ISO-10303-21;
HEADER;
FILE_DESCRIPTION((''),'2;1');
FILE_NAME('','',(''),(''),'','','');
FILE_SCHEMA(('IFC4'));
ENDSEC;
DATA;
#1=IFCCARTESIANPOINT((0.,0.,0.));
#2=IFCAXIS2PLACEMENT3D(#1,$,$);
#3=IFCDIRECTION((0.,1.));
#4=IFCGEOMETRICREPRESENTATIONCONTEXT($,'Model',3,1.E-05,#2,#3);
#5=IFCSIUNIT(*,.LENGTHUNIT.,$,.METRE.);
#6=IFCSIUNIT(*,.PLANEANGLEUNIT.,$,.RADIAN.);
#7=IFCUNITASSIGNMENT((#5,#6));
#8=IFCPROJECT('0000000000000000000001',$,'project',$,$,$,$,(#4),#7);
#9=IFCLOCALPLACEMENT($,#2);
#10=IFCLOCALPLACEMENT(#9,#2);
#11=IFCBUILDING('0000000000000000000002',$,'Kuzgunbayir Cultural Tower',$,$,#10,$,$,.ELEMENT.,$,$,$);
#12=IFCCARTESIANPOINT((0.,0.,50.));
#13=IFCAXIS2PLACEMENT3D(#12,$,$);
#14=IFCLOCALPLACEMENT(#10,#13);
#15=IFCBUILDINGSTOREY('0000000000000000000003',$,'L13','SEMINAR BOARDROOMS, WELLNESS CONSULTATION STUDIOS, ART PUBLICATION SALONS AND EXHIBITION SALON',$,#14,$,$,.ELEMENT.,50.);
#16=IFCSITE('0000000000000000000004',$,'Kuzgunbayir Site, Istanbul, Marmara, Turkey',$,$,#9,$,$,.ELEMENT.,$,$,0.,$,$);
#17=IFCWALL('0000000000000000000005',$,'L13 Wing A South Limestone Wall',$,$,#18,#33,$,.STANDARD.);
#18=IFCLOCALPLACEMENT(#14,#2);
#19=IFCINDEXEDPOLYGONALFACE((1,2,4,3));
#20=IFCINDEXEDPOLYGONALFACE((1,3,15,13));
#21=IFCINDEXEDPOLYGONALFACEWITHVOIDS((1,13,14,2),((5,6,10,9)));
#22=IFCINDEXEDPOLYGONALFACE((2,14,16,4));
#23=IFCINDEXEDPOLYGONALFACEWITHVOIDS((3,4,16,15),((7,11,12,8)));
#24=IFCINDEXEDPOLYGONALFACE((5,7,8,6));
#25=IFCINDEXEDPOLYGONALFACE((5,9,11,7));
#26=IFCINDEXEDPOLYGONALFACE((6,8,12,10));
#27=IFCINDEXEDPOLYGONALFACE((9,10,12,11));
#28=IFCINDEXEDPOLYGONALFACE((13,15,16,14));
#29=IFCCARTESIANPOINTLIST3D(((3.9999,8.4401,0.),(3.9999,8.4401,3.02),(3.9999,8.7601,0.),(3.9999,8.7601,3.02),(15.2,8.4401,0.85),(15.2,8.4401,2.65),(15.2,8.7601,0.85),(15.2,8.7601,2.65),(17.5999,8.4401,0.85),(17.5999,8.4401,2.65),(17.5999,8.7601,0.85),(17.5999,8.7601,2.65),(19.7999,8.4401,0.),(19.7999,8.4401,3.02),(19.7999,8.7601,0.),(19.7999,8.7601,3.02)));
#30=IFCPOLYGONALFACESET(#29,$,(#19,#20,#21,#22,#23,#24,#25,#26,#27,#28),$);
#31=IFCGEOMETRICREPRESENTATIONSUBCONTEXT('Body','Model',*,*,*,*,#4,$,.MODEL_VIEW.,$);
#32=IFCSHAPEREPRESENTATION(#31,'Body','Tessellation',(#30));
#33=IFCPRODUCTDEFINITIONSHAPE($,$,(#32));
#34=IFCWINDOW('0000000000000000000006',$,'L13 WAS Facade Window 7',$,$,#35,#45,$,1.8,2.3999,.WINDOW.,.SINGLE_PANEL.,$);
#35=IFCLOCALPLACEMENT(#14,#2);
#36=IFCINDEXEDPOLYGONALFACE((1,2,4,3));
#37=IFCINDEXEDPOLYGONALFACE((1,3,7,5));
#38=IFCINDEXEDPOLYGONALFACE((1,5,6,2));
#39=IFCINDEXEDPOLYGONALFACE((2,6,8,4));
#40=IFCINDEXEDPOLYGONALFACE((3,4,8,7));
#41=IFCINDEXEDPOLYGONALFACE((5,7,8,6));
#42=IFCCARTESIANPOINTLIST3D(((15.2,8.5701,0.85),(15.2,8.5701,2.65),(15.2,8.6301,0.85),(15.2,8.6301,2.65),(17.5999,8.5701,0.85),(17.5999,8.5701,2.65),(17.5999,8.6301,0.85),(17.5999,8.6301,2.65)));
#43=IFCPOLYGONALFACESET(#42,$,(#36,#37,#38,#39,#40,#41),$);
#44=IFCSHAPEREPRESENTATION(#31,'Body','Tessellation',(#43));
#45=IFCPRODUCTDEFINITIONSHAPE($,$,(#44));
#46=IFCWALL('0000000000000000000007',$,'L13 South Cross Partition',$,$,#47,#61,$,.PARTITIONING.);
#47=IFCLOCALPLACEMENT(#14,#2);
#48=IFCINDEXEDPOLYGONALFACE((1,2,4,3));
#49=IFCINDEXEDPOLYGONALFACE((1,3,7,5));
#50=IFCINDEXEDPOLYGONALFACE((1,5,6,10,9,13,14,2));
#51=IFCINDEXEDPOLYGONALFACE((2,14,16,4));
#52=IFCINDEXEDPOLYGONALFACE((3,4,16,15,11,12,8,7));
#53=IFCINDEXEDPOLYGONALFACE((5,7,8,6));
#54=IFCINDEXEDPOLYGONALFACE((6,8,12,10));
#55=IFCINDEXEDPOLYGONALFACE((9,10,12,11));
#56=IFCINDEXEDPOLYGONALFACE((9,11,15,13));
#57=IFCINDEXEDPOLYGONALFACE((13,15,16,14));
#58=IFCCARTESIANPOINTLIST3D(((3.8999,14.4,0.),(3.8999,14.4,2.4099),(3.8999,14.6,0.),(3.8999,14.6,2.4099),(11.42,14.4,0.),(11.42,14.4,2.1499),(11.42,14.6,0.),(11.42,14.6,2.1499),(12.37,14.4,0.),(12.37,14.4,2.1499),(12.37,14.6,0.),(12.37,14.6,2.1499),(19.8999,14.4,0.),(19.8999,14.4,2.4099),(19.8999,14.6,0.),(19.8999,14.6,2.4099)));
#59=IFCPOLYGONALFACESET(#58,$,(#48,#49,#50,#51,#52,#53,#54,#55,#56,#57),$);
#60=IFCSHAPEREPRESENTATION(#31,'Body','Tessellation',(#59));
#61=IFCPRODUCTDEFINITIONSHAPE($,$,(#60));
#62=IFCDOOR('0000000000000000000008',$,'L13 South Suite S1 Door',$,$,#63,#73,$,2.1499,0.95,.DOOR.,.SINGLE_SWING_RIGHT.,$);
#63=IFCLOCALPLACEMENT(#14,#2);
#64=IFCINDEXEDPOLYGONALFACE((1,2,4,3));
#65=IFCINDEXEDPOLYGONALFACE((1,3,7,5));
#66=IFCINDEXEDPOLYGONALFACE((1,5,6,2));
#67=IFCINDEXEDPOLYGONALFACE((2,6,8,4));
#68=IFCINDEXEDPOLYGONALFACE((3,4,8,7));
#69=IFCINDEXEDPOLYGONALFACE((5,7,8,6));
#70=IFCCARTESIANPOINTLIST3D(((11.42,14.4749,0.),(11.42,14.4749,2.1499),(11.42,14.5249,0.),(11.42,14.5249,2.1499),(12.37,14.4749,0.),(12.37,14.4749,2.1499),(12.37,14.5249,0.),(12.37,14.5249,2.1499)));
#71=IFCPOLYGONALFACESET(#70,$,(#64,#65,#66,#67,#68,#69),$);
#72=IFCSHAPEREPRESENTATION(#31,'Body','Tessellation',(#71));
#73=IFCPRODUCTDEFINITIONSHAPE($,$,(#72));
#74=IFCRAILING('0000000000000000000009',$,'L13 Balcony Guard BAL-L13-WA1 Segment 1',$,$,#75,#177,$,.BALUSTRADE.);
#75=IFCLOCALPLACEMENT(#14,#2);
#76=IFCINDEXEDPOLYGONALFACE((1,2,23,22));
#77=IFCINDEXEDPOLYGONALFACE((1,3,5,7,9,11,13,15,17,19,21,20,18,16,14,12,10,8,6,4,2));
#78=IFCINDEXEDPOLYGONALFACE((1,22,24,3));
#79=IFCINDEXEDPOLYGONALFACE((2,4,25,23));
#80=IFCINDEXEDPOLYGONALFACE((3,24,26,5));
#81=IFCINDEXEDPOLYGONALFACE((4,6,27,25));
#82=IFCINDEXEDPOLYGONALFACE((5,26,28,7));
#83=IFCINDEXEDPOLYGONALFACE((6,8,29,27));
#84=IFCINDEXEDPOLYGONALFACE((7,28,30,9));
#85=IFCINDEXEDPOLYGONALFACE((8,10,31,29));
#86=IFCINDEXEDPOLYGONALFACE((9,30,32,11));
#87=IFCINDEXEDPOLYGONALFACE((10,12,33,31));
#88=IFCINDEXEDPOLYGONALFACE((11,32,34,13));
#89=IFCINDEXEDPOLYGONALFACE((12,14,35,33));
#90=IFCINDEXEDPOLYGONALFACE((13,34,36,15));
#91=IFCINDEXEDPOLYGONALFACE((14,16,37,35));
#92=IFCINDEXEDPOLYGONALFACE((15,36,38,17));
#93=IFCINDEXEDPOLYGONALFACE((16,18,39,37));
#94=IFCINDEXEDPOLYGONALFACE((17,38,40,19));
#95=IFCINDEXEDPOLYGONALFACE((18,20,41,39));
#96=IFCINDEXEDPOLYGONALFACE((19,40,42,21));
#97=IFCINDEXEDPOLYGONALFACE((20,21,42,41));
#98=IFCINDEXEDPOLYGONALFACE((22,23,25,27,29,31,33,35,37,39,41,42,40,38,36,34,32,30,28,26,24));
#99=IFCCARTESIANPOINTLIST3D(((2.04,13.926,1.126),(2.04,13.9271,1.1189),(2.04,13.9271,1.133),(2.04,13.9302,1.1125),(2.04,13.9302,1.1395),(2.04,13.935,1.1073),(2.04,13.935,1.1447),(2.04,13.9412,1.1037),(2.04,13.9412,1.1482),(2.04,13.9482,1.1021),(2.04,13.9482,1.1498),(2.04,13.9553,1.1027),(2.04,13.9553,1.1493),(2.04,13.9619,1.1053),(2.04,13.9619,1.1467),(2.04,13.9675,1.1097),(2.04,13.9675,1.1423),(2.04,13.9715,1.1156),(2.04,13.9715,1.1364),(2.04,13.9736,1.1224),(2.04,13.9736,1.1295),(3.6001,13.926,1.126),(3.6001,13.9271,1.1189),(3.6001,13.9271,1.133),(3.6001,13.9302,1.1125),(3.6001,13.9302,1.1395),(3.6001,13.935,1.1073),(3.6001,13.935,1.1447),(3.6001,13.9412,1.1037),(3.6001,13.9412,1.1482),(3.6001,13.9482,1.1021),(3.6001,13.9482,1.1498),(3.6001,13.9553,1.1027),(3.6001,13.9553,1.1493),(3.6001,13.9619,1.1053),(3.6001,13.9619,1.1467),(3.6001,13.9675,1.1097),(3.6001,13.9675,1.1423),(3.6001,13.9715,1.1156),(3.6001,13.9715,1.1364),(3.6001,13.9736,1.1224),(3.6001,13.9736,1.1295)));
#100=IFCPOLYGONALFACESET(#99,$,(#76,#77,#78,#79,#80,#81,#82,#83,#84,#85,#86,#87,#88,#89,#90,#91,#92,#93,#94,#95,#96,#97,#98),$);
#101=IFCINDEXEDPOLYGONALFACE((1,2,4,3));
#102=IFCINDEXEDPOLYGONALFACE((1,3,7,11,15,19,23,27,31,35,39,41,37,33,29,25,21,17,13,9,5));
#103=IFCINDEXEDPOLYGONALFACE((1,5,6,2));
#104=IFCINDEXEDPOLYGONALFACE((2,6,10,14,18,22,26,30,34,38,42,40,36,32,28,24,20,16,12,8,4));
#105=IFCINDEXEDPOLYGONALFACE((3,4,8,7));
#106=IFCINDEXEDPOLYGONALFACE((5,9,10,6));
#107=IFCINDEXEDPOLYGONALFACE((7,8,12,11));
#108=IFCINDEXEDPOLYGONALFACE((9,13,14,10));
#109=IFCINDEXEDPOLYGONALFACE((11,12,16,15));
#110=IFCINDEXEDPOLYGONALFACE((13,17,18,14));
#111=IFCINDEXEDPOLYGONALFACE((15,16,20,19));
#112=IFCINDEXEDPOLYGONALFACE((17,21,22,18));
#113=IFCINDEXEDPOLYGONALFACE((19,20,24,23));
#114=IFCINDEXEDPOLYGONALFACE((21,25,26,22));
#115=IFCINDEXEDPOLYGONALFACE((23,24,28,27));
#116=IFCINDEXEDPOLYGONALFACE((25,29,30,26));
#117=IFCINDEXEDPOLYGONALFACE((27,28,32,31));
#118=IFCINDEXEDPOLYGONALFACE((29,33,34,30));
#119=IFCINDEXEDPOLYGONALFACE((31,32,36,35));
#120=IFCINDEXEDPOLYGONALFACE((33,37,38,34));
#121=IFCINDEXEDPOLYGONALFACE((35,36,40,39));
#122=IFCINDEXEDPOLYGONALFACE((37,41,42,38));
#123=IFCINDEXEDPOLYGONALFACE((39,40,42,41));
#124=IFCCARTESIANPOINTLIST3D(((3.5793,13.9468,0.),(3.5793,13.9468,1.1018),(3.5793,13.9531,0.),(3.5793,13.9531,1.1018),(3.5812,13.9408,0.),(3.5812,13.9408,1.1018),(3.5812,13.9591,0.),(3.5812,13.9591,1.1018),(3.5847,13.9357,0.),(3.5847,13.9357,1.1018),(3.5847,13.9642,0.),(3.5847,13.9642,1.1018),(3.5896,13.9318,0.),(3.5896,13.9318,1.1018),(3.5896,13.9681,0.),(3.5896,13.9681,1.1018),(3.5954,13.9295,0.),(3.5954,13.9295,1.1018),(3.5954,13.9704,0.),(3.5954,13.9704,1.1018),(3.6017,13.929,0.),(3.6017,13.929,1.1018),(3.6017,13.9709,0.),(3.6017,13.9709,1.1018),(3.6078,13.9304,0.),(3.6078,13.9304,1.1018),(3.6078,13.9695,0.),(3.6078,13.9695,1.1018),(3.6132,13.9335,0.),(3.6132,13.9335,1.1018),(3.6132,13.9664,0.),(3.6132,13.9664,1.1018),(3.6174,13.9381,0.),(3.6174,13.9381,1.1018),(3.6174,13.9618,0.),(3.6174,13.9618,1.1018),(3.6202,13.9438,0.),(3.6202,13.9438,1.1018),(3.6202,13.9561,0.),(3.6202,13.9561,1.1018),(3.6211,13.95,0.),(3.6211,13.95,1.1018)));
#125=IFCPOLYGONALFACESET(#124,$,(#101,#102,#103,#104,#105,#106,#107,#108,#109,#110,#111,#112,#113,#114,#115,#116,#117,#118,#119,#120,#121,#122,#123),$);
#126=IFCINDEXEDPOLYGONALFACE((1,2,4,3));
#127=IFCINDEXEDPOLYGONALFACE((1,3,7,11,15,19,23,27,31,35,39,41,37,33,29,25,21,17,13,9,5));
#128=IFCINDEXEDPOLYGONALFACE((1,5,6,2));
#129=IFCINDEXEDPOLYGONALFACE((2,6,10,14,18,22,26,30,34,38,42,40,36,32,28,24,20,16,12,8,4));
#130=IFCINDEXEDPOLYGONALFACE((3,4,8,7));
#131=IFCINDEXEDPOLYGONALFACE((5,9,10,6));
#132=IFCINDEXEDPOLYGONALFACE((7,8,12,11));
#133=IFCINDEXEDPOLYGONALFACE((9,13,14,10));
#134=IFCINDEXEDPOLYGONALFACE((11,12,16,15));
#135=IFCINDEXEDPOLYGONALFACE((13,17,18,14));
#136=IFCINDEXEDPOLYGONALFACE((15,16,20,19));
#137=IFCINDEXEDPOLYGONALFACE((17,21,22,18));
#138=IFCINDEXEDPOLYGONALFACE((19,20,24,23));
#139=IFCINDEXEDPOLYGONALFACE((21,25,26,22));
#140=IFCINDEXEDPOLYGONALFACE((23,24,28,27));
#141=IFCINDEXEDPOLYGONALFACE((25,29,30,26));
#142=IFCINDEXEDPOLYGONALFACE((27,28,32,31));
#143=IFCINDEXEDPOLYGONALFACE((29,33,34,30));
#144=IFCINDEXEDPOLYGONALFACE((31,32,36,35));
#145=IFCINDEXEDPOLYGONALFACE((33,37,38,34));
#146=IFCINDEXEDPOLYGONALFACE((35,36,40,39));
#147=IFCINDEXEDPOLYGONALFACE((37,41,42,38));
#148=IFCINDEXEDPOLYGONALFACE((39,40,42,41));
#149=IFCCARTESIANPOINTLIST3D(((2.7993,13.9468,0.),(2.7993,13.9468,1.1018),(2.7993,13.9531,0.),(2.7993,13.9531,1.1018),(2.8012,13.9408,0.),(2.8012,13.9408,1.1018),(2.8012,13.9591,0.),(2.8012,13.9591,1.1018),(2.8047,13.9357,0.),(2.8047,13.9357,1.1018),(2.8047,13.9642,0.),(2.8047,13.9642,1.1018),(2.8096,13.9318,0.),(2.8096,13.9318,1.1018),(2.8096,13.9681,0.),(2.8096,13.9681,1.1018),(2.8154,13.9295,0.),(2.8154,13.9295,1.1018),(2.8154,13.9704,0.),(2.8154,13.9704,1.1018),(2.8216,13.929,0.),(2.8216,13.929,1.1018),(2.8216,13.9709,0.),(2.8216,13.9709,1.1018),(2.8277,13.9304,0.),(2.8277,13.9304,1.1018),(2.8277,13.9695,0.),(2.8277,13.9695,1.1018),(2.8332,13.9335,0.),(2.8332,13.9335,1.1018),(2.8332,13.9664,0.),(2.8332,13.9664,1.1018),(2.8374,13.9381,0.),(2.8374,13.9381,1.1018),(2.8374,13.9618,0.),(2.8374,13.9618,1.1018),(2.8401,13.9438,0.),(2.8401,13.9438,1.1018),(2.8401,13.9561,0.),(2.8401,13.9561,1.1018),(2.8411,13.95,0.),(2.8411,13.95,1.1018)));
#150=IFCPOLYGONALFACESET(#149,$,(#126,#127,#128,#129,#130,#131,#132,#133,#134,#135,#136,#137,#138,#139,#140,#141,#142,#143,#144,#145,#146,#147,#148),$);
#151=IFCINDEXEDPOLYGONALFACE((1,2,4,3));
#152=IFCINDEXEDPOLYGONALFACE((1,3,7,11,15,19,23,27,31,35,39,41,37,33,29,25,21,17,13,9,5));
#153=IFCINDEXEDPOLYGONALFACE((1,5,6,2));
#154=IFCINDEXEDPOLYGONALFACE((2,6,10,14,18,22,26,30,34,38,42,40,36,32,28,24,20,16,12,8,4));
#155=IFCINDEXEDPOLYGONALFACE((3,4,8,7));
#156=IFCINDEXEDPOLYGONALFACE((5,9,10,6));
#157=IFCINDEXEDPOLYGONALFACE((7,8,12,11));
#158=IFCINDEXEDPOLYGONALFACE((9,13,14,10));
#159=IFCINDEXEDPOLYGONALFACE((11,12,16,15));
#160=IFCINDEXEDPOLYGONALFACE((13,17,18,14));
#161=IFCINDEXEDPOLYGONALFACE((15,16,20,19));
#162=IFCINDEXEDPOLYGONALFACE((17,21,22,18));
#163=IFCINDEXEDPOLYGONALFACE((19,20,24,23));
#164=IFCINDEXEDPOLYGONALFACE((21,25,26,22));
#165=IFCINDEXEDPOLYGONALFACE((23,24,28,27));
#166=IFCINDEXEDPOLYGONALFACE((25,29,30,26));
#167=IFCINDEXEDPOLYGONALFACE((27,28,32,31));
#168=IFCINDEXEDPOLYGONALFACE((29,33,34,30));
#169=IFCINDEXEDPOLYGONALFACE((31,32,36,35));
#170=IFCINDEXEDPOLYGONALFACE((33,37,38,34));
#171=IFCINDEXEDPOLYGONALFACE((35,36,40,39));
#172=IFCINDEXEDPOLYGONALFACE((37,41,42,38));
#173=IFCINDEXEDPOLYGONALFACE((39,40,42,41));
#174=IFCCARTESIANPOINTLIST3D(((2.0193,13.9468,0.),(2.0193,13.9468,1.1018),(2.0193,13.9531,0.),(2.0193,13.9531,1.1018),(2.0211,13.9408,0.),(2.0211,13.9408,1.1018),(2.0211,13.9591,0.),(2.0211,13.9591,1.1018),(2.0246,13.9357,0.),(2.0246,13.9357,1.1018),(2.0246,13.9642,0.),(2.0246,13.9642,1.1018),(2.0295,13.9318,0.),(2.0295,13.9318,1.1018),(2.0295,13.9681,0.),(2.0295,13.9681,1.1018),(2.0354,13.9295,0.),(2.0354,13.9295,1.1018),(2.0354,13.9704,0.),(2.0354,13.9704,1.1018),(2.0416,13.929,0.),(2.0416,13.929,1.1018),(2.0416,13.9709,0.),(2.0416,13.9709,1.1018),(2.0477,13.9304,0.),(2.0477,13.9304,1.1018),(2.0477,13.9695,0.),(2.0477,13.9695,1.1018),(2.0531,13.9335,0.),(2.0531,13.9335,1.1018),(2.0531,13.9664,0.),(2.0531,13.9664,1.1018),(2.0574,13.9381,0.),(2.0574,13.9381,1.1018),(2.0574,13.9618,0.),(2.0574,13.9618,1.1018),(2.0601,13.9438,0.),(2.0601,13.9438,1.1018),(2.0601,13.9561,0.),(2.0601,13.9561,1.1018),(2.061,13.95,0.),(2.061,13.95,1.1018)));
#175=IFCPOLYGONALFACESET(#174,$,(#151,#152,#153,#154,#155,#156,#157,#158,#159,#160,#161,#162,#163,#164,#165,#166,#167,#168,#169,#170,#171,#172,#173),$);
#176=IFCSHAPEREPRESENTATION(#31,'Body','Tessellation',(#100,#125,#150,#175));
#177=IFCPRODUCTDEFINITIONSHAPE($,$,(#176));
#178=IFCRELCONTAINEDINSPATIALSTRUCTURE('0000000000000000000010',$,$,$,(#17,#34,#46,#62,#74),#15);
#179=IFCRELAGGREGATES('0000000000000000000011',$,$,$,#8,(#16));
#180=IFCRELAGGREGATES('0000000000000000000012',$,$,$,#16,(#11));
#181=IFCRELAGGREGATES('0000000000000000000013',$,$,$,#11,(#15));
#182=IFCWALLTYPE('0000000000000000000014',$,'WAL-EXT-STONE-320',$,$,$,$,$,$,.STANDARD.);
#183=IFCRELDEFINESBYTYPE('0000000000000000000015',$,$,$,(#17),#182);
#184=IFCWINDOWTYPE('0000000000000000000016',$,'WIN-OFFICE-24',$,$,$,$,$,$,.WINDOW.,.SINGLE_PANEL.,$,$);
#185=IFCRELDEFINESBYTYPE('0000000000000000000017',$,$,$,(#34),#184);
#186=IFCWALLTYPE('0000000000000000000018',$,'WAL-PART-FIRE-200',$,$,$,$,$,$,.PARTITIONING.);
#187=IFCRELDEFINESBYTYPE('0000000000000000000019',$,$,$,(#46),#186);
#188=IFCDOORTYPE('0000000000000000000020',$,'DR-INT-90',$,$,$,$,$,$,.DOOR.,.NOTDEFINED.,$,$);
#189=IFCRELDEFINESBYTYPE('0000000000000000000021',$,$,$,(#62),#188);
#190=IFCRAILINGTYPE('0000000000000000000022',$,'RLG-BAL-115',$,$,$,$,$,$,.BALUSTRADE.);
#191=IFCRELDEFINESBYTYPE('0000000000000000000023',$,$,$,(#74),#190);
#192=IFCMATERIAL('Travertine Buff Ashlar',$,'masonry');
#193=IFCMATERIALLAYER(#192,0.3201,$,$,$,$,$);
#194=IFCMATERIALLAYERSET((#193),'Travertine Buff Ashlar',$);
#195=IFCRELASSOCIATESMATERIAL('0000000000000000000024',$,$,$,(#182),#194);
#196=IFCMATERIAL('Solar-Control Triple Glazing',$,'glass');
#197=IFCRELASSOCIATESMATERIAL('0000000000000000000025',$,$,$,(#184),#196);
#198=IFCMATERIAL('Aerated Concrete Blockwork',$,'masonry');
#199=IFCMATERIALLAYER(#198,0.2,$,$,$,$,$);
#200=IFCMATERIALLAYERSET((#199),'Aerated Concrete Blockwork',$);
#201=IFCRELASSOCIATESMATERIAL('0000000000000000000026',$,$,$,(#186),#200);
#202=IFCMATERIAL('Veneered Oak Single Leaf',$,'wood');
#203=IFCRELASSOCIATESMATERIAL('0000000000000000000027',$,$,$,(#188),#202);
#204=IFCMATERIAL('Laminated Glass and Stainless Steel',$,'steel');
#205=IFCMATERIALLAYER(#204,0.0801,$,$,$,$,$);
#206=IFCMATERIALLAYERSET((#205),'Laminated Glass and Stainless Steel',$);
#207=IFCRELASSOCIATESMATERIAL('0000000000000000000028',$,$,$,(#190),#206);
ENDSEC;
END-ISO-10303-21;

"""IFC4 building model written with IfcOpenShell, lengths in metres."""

from ifc_helpers import new_model, si_unit, direction, frame, frame_2d, origin, origin_2d, place, context, subcontext, project, spatial, rectangle, circle, extrude, material, layer, layer_set, type_object, element, fill, save


model = new_model("IFC4")

# Units and contexts
model_context = context("Model", 3, precision=1e-05, world=origin(), true_north=direction((0.0, 1.0)))
body_context = subcontext(model_context, "Body", "Model", "MODEL_VIEW")
ifc_project = project(units=[si_unit("LENGTHUNIT", "METRE"), si_unit("PLANEANGLEUNIT", "RADIAN")], contexts=[model_context])

# Site, building, storey
site_placement = place(None, origin())
site = spatial("IfcSite", under=ifc_project, at=site_placement, Name="Kuzgunbayir Site, Istanbul, Marmara, Turkey", CompositionType="ELEMENT", RefElevation=0.0)
building_placement = place(site_placement, origin())
building = spatial("IfcBuilding", under=site, at=building_placement, Name="Kuzgunbayir Cultural Tower", CompositionType="ELEMENT")
storey_placement = place(building_placement, frame((0.0, 0.0, 50.0)))
storey = spatial("IfcBuildingStorey", under=building, at=storey_placement, Name="L13", Description="SEMINAR BOARDROOMS, WELLNESS CONSULTATION STUDIOS, ART PUBLICATION SALONS AND EXHIBITION SALON", CompositionType="ELEMENT", Elevation=50.0)

# Wall, opening, window
ifc_material_1 = material(Name="Travertine Buff Ashlar", Category="masonry")
ifc_layer_1 = layer(ifc_material_1, 0.3201)
ifc_layer_set_1 = layer_set([ifc_layer_1], Name="Travertine Buff Ashlar")
wall_type_1 = type_object("IfcWallType", Name="WAL-EXT-STONE-320", PredefinedType="STANDARD", material=ifc_layer_set_1)
wall_1_placement = place(storey_placement, frame((4.0, 8.6001, 0.0), z_axis=(0.0, 0.0, 1.0), x_axis=(1.0, 0.0, 0.0)))
wall_1 = element("IfcWall", 1, at=wall_1_placement, inside=storey, type_object=wall_type_1, Name="L13 Wing A South Limestone Wall", PredefinedType="STANDARD", context=body_context, shape_type="SweptSolid", body=[
    extrude(rectangle(XDim=15.8, YDim=0.3201, at=frame_2d((7.8999, 0.0))), origin(), (0.0, 0.0, 1.0), 3.02),
])
opening_1_placement = place(wall_1_placement, frame((11.2, 0.0, 0.8501)))
opening_1 = element("IfcOpeningElement", 2, at=opening_1_placement, cuts=wall_1, PredefinedType="OPENING", context=body_context, shape_type="SweptSolid", body=[
    extrude(rectangle(XDim=2.3999, YDim=1.8, at=frame_2d((1.2, 0.8999))), frame((0.0, 0.1699, 0.0), z_axis=(0.0, -1.0, 0.0), x_axis=(1.0, 0.0, 0.0)), (0.0, 0.0, 1.0), 0.3401),
])
ifc_material_2 = material(Name="Solar-Control Triple Glazing", Category="glass")
window_type = type_object("IfcWindowType", Name="WIN-OFFICE-24", PartitioningType="SINGLE_PANEL", PredefinedType="WINDOW", material=ifc_material_2)
window_placement = place(opening_1_placement, origin())
window = element("IfcWindow", 3, at=window_placement, inside=storey, type_object=window_type, Name="L13 WAS Facade Window 7", OverallHeight=1.8, OverallWidth=2.3999, PartitioningType="SINGLE_PANEL", PredefinedType="WINDOW", context=body_context, shape_type="SweptSolid", body=[
    extrude(rectangle(XDim=2.3999, YDim=1.8, at=frame_2d((1.2, 0.8999))), frame((0.0, 0.03, 0.0), z_axis=(0.0, -1.0, 0.0), x_axis=(1.0, 0.0, 0.0)), (0.0, 0.0, 1.0), 0.0601),
])
fill(opening_1, window)

# Wall, opening, door
ifc_material_3 = material(Name="Aerated Concrete Blockwork", Category="masonry")
ifc_layer_2 = layer(ifc_material_3, 0.2)
ifc_layer_set_2 = layer_set([ifc_layer_2], Name="Aerated Concrete Blockwork")
wall_type_2 = type_object("IfcWallType", Name="WAL-PART-FIRE-200", PredefinedType="PARTITIONING", material=ifc_layer_set_2)
wall_2_placement = place(storey_placement, frame((3.8999, 14.5, 0.0), z_axis=(0.0, 0.0, 1.0), x_axis=(1.0, 0.0, 0.0)))
wall_2 = element("IfcWall", 4, at=wall_2_placement, inside=storey, type_object=wall_type_2, Name="L13 South Cross Partition", PredefinedType="PARTITIONING", context=body_context, shape_type="SweptSolid", body=[
    extrude(rectangle(XDim=16.0, YDim=0.2, at=frame_2d((8.0, 0.0))), origin(), (0.0, 0.0, 1.0), 2.4099),
])
opening_2_placement = place(wall_2_placement, frame((7.52, 0.0, 0.0)))
opening_2 = element("IfcOpeningElement", 5, at=opening_2_placement, cuts=wall_2, PredefinedType="OPENING", context=body_context, shape_type="SweptSolid", body=[
    extrude(rectangle(XDim=0.95, YDim=2.1499, at=frame_2d((0.4751, 1.075))), frame((0.0, 0.1099, 0.0), z_axis=(0.0, -1.0, 0.0), x_axis=(1.0, 0.0, 0.0)), (0.0, 0.0, 1.0), 0.22),
])
ifc_material_4 = material(Name="Veneered Oak Single Leaf", Category="wood")
door_type = type_object("IfcDoorType", Name="DR-INT-90", OperationType="NOTDEFINED", PredefinedType="DOOR", material=ifc_material_4)
door_placement = place(opening_2_placement, origin())
door = element("IfcDoor", 6, at=door_placement, inside=storey, type_object=door_type, Name="L13 South Suite S1 Door", OperationType="SINGLE_SWING_RIGHT", OverallHeight=2.1499, OverallWidth=0.95, PredefinedType="DOOR", context=body_context, shape_type="SweptSolid", body=[
    extrude(rectangle(XDim=0.95, YDim=2.1499, at=frame_2d((0.4751, 1.075))), frame((0.0, 0.0249, 0.0), z_axis=(0.0, -1.0, 0.0), x_axis=(1.0, 0.0, 0.0)), (0.0, 0.0, 1.0), 0.05),
])
fill(opening_2, door)

# Railing
ifc_material_5 = material(Name="Laminated Glass and Stainless Steel", Category="steel")
ifc_layer_3 = layer(ifc_material_5, 0.0801)
ifc_layer_set_3 = layer_set([ifc_layer_3], Name="Laminated Glass and Stainless Steel")
railing_type = type_object("IfcRailingType", Name="RLG-BAL-115", PredefinedType="BALUSTRADE", material=ifc_layer_set_3)
railing_1_placement = place(storey_placement, frame((3.6001, 13.95, 0.0)))
element("IfcRailing", 7, at=railing_1_placement, inside=storey, type_object=railing_type, Name="L13 Balcony Guard BAL-L13-WA1 Segment 1", PredefinedType="BALUSTRADE", context=body_context, shape_type="SweptSolid", body=[
    extrude(circle(Radius=0.0239, at=origin_2d()), frame((0.0, 0.0, 1.126), z_axis=(-1.0, 0.0, 0.0), x_axis=(0.0, -1.0, 0.0)), (0.0, 0.0, 1.0), 1.5601),
    extrude(circle(Radius=0.021, at=origin_2d()), origin(), (0.0, 0.0, 1.0), 1.1018),
    extrude(circle(Radius=0.021, at=origin_2d()), frame((-0.78, 0.0, 0.0)), (0.0, 0.0, 1.0), 1.1018),
    extrude(circle(Radius=0.021, at=origin_2d()), frame((-1.5601, 0.0, 0.0)), (0.0, 0.0, 1.0), 1.1018),
])

save(model, "model.ifc")
